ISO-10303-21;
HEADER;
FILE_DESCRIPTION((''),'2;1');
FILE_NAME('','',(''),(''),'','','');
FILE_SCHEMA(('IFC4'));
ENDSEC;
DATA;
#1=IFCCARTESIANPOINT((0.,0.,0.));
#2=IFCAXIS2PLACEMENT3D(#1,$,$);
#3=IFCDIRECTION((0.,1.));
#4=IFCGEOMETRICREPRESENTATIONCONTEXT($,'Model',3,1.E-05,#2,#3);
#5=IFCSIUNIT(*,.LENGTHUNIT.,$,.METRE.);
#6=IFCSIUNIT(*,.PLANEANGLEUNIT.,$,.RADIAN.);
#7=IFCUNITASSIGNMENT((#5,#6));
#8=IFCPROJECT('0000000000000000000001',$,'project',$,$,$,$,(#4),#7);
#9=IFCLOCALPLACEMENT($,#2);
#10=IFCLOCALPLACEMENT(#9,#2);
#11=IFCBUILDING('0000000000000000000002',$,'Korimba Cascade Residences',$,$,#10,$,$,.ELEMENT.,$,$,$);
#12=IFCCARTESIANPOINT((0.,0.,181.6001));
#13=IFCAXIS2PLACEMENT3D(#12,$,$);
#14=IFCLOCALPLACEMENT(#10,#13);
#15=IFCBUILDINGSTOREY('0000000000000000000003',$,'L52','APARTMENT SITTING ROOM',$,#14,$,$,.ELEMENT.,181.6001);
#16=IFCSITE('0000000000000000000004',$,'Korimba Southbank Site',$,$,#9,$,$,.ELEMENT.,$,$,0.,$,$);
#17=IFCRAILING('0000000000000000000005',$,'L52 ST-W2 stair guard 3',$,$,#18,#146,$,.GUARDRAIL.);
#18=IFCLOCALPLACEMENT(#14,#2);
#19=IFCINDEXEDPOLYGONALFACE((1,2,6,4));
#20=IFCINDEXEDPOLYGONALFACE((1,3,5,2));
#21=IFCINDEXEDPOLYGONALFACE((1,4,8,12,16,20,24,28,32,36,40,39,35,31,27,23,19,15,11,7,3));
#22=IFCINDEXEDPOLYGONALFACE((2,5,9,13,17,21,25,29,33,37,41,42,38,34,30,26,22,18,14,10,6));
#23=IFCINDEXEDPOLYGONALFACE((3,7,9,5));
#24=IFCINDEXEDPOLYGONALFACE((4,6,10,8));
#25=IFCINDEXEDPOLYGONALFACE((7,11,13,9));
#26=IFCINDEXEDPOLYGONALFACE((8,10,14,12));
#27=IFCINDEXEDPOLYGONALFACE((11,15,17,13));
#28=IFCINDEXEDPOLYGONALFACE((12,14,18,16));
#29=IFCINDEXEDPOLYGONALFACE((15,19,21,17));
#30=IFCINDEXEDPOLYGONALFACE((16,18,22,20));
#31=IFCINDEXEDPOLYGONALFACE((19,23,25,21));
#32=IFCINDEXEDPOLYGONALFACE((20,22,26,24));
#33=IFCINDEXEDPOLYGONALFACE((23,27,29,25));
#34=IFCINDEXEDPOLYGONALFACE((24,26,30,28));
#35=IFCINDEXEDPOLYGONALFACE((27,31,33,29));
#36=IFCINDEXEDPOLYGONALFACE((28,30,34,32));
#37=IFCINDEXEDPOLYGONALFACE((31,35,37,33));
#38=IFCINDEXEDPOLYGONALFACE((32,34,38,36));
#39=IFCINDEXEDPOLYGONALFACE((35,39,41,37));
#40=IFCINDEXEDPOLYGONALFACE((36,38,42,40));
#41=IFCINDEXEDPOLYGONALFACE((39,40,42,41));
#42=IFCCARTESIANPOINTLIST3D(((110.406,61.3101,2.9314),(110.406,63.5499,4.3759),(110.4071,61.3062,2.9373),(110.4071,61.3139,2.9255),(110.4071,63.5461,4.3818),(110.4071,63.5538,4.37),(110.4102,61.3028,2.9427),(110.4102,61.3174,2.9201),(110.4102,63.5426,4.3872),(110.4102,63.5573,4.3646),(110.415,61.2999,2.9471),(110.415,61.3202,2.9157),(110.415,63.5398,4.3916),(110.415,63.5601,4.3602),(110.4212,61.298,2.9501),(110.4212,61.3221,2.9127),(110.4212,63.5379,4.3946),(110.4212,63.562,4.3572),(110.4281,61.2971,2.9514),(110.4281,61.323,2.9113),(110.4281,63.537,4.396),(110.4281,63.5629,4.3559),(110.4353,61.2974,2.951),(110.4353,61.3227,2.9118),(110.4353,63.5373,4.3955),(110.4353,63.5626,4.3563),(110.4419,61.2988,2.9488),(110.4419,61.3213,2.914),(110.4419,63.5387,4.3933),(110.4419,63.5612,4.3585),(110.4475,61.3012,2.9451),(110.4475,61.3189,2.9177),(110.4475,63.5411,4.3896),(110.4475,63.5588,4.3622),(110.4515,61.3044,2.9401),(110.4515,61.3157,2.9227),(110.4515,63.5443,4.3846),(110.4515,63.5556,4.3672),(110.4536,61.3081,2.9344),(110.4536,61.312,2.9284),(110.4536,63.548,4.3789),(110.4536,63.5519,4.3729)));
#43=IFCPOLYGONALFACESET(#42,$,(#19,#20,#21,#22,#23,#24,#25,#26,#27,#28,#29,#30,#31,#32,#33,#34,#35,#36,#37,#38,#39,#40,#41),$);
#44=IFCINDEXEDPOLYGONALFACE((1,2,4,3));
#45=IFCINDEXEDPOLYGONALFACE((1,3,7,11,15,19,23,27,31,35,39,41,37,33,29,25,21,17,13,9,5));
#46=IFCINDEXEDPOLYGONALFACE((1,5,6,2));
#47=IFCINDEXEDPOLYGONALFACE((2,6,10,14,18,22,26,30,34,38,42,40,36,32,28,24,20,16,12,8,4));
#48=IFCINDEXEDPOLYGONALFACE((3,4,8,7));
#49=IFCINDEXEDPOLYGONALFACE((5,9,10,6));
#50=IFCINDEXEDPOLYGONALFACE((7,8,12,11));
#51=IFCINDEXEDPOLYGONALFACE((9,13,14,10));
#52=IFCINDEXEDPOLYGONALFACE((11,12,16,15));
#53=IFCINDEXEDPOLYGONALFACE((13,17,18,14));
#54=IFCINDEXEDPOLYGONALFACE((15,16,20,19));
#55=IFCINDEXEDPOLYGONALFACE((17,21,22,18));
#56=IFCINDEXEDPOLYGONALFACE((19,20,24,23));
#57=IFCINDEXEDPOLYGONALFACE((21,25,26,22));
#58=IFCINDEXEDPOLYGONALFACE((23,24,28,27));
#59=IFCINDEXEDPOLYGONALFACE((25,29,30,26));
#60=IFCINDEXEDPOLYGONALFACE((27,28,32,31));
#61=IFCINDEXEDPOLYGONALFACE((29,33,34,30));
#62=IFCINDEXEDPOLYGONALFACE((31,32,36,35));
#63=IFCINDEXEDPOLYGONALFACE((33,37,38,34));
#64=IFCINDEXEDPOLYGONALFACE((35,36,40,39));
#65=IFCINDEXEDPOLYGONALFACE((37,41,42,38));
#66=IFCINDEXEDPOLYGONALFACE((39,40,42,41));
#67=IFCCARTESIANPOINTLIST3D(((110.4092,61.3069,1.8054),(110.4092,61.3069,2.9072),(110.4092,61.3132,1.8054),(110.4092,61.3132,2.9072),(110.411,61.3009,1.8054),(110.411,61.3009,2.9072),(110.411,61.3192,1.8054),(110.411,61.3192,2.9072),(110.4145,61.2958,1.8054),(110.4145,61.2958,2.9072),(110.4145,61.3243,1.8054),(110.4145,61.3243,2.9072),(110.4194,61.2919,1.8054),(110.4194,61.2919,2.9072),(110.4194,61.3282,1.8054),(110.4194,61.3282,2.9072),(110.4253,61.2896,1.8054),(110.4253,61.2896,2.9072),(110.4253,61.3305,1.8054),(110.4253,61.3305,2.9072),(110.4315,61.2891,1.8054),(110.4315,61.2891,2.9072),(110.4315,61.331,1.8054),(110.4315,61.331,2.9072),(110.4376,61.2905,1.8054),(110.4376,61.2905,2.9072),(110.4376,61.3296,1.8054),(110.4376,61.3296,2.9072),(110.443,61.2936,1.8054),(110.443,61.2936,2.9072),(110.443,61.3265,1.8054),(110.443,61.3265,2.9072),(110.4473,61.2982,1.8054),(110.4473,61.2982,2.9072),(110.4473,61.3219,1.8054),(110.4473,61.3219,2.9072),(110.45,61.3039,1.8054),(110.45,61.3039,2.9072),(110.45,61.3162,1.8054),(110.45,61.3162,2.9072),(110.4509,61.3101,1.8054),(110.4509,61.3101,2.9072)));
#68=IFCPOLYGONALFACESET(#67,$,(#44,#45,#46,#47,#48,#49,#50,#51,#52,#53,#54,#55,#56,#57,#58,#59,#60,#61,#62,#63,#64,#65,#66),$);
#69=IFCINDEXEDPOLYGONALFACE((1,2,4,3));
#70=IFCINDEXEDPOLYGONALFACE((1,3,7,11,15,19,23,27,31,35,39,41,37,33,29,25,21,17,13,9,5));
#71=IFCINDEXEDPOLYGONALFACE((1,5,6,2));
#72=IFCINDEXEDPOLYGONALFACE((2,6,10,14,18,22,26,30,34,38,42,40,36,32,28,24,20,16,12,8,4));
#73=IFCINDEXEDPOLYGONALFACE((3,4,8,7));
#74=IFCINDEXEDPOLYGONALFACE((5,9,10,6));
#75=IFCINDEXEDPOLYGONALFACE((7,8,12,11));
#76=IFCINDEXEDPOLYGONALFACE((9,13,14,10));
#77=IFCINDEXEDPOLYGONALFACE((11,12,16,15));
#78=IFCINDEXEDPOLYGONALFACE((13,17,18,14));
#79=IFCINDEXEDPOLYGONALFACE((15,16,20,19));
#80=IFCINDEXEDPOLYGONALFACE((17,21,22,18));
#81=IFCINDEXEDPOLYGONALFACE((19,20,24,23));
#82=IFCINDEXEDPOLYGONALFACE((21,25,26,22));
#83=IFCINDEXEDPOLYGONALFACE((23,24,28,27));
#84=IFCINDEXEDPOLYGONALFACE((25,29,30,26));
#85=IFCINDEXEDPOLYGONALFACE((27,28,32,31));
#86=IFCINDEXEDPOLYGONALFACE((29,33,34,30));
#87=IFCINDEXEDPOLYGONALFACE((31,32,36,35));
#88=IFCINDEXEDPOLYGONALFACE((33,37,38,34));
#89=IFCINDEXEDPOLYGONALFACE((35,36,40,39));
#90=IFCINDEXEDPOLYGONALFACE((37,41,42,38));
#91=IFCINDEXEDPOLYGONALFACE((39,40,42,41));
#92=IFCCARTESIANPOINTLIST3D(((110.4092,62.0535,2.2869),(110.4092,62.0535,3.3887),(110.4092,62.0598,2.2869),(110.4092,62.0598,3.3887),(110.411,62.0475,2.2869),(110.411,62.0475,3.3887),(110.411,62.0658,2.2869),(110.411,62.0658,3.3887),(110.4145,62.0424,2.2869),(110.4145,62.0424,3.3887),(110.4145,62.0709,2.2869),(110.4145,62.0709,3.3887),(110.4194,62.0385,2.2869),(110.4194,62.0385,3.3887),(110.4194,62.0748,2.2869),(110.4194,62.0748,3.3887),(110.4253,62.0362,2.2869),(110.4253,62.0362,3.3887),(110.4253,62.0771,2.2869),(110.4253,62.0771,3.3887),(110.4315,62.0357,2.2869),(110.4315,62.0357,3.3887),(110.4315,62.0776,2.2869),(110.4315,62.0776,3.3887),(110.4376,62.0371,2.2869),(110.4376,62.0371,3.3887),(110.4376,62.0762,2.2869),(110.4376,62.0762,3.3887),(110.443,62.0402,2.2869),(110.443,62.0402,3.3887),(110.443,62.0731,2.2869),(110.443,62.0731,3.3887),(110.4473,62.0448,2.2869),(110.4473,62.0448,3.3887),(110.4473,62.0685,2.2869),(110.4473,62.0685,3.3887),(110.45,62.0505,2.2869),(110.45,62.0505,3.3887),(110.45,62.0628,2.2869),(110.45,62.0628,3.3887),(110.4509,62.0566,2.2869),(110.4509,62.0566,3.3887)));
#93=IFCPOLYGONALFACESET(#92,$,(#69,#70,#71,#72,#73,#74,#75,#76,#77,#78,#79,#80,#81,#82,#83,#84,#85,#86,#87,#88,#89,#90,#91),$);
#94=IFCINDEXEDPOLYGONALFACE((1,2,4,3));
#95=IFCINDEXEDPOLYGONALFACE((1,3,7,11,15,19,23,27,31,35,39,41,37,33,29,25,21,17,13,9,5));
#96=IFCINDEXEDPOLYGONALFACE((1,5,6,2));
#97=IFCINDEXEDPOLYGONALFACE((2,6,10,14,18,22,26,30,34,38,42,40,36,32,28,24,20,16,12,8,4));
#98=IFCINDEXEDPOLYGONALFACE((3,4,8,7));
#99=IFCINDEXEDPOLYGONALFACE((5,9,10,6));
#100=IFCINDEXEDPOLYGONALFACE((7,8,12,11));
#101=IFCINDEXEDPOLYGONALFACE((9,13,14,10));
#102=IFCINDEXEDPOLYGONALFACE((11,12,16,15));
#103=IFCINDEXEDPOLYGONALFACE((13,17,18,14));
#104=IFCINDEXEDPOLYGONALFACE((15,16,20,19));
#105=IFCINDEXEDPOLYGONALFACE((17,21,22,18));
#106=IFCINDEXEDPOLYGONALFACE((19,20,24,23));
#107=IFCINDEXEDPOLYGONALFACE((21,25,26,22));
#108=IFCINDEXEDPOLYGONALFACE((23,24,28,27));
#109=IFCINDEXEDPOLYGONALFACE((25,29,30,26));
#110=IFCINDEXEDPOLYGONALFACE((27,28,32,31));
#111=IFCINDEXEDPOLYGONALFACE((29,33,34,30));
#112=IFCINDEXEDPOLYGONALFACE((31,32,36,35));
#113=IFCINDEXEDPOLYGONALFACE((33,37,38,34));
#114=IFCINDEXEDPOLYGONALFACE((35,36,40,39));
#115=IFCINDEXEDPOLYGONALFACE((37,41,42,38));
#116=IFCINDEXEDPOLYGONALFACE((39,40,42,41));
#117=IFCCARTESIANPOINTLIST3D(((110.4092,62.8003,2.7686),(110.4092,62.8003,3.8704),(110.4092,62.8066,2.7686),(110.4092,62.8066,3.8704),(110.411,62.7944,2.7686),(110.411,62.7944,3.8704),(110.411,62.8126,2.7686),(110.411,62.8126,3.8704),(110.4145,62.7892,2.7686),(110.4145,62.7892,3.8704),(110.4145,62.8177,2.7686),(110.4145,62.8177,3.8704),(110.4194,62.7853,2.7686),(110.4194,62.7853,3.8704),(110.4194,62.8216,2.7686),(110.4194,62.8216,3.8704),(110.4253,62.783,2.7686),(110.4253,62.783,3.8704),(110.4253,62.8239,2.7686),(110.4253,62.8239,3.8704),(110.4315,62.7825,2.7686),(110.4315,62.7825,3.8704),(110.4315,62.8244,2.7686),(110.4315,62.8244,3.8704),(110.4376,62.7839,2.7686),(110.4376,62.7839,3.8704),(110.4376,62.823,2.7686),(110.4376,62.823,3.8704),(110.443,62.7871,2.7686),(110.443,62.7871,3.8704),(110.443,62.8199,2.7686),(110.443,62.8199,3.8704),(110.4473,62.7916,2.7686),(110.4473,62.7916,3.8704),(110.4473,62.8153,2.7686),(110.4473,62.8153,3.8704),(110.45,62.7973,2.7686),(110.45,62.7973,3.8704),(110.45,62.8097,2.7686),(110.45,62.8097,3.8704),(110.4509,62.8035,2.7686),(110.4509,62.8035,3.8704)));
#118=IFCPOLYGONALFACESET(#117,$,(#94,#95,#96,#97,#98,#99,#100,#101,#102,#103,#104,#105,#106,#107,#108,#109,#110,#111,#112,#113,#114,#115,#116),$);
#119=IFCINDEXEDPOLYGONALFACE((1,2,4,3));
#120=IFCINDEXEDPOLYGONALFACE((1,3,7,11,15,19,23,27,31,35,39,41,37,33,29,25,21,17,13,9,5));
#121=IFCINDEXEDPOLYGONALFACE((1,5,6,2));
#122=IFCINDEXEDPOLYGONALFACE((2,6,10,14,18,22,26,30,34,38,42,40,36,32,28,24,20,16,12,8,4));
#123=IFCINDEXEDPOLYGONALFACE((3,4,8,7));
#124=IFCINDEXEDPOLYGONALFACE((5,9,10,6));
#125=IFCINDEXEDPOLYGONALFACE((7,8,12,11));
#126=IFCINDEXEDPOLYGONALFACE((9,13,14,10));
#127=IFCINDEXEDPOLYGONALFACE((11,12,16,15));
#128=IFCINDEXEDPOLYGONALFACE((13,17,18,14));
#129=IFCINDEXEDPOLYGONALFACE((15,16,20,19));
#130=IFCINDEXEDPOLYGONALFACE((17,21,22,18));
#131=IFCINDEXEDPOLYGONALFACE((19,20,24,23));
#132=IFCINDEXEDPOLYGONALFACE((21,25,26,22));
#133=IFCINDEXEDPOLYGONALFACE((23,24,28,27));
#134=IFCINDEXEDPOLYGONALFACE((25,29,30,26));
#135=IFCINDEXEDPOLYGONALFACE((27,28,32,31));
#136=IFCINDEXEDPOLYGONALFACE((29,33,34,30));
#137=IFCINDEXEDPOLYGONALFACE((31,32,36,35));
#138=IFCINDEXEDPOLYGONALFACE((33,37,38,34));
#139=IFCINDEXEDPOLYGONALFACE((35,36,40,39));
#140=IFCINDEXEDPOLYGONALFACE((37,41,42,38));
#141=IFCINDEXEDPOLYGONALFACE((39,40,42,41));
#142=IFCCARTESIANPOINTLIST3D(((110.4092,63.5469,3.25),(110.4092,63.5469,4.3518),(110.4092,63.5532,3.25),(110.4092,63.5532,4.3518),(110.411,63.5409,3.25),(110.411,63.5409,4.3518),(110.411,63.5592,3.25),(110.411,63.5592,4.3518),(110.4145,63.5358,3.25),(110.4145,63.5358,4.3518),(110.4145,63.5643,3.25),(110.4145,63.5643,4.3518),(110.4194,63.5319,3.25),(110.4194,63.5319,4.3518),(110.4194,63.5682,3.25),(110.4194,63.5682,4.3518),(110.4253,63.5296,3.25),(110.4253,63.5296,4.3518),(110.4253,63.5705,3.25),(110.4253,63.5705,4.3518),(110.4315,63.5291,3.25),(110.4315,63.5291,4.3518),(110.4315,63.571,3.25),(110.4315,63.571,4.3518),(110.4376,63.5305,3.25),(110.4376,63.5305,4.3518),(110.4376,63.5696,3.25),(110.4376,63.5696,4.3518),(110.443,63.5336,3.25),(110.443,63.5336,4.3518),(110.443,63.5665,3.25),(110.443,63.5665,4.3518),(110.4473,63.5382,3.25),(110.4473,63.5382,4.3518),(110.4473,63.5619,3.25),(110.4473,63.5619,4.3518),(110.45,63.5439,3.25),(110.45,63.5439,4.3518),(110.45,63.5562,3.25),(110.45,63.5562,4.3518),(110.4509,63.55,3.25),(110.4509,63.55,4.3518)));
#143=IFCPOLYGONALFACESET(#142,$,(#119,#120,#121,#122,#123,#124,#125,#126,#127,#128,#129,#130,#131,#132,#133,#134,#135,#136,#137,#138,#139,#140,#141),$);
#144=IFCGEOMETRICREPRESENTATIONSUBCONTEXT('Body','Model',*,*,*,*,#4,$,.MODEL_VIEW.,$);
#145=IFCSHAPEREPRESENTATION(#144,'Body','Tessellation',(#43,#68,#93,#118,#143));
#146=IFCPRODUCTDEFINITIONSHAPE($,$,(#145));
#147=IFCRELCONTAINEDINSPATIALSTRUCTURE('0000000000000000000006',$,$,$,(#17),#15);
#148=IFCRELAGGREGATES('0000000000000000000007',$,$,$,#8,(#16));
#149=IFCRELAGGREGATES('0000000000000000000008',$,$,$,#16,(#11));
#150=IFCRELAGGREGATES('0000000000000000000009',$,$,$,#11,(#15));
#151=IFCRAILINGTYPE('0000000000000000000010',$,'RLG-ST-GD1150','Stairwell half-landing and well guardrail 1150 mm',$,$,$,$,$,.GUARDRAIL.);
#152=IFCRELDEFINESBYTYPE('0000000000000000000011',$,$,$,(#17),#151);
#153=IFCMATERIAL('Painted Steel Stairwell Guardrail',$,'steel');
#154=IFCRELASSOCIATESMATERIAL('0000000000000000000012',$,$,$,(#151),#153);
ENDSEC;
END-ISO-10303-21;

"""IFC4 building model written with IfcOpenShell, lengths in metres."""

from ifc_helpers import new_model, si_unit, direction, frame, origin, origin_2d, place, context, subcontext, project, spatial, circle, extrude, material, type_object, element, save


model = new_model("IFC4")

# Units and contexts
model_context = context("Model", 3, precision=1e-05, world=origin(), true_north=direction((0.0, 1.0)))
body_context = subcontext(model_context, "Body", "Model", "MODEL_VIEW")
ifc_project = project(units=[si_unit("LENGTHUNIT", "METRE"), si_unit("PLANEANGLEUNIT", "RADIAN")], contexts=[model_context])

# Site, building, storey
site_placement = place(None, origin())
site = spatial("IfcSite", under=ifc_project, at=site_placement, Name="Korimba Southbank Site", CompositionType="ELEMENT", RefElevation=0.0)
building_placement = place(site_placement, origin())
building = spatial("IfcBuilding", under=site, at=building_placement, Name="Korimba Cascade Residences", CompositionType="ELEMENT")
storey_placement = place(building_placement, frame((0.0, 0.0, 181.6001)))
storey = spatial("IfcBuildingStorey", under=building, at=storey_placement, Name="L52", Description="APARTMENT SITTING ROOM", CompositionType="ELEMENT", Elevation=181.6001)

# Railing
ifc_material_1 = material(Name="Painted Steel Stairwell Guardrail", Category="steel")
railing_type_1 = type_object("IfcRailingType", Name="RLG-ST-GD1150", Description="Stairwell half-landing and well guardrail 1150 mm", PredefinedType="GUARDRAIL", material=ifc_material_1)
railing_1_placement = place(storey_placement, frame((110.4299, 61.3101, 1.8054)))
element("IfcRailing", 1, at=railing_1_placement, inside=storey, type_object=railing_type_1, Name="L52 ST-W2 stair guard 3", PredefinedType="GUARDRAIL", context=body_context, shape_type="SweptSolid", body=[
    extrude(circle(Radius=0.0239, at=origin_2d()), frame((0.0, 0.0, 1.126), z_axis=(0.0, 0.840395, 0.541975), x_axis=(-1.0, 0.0, 0.0)), (0.0, 0.0, 1.0), 2.6653),
    extrude(circle(Radius=0.021, at=origin_2d()), origin(), (0.0, 0.0, 1.0), 1.1018),
    extrude(circle(Radius=0.021, at=origin_2d()), frame((0.0, 0.7466, 0.4814)), (0.0, 0.0, 1.0), 1.1018),
    extrude(circle(Radius=0.021, at=origin_2d()), frame((0.0, 1.4934, 0.9631)), (0.0, 0.0, 1.0), 1.1018),
    extrude(circle(Radius=0.021, at=origin_2d()), frame((0.0, 2.24, 1.4446)), (0.0, 0.0, 1.0), 1.1018),
])

save(model, "model.ifc")
